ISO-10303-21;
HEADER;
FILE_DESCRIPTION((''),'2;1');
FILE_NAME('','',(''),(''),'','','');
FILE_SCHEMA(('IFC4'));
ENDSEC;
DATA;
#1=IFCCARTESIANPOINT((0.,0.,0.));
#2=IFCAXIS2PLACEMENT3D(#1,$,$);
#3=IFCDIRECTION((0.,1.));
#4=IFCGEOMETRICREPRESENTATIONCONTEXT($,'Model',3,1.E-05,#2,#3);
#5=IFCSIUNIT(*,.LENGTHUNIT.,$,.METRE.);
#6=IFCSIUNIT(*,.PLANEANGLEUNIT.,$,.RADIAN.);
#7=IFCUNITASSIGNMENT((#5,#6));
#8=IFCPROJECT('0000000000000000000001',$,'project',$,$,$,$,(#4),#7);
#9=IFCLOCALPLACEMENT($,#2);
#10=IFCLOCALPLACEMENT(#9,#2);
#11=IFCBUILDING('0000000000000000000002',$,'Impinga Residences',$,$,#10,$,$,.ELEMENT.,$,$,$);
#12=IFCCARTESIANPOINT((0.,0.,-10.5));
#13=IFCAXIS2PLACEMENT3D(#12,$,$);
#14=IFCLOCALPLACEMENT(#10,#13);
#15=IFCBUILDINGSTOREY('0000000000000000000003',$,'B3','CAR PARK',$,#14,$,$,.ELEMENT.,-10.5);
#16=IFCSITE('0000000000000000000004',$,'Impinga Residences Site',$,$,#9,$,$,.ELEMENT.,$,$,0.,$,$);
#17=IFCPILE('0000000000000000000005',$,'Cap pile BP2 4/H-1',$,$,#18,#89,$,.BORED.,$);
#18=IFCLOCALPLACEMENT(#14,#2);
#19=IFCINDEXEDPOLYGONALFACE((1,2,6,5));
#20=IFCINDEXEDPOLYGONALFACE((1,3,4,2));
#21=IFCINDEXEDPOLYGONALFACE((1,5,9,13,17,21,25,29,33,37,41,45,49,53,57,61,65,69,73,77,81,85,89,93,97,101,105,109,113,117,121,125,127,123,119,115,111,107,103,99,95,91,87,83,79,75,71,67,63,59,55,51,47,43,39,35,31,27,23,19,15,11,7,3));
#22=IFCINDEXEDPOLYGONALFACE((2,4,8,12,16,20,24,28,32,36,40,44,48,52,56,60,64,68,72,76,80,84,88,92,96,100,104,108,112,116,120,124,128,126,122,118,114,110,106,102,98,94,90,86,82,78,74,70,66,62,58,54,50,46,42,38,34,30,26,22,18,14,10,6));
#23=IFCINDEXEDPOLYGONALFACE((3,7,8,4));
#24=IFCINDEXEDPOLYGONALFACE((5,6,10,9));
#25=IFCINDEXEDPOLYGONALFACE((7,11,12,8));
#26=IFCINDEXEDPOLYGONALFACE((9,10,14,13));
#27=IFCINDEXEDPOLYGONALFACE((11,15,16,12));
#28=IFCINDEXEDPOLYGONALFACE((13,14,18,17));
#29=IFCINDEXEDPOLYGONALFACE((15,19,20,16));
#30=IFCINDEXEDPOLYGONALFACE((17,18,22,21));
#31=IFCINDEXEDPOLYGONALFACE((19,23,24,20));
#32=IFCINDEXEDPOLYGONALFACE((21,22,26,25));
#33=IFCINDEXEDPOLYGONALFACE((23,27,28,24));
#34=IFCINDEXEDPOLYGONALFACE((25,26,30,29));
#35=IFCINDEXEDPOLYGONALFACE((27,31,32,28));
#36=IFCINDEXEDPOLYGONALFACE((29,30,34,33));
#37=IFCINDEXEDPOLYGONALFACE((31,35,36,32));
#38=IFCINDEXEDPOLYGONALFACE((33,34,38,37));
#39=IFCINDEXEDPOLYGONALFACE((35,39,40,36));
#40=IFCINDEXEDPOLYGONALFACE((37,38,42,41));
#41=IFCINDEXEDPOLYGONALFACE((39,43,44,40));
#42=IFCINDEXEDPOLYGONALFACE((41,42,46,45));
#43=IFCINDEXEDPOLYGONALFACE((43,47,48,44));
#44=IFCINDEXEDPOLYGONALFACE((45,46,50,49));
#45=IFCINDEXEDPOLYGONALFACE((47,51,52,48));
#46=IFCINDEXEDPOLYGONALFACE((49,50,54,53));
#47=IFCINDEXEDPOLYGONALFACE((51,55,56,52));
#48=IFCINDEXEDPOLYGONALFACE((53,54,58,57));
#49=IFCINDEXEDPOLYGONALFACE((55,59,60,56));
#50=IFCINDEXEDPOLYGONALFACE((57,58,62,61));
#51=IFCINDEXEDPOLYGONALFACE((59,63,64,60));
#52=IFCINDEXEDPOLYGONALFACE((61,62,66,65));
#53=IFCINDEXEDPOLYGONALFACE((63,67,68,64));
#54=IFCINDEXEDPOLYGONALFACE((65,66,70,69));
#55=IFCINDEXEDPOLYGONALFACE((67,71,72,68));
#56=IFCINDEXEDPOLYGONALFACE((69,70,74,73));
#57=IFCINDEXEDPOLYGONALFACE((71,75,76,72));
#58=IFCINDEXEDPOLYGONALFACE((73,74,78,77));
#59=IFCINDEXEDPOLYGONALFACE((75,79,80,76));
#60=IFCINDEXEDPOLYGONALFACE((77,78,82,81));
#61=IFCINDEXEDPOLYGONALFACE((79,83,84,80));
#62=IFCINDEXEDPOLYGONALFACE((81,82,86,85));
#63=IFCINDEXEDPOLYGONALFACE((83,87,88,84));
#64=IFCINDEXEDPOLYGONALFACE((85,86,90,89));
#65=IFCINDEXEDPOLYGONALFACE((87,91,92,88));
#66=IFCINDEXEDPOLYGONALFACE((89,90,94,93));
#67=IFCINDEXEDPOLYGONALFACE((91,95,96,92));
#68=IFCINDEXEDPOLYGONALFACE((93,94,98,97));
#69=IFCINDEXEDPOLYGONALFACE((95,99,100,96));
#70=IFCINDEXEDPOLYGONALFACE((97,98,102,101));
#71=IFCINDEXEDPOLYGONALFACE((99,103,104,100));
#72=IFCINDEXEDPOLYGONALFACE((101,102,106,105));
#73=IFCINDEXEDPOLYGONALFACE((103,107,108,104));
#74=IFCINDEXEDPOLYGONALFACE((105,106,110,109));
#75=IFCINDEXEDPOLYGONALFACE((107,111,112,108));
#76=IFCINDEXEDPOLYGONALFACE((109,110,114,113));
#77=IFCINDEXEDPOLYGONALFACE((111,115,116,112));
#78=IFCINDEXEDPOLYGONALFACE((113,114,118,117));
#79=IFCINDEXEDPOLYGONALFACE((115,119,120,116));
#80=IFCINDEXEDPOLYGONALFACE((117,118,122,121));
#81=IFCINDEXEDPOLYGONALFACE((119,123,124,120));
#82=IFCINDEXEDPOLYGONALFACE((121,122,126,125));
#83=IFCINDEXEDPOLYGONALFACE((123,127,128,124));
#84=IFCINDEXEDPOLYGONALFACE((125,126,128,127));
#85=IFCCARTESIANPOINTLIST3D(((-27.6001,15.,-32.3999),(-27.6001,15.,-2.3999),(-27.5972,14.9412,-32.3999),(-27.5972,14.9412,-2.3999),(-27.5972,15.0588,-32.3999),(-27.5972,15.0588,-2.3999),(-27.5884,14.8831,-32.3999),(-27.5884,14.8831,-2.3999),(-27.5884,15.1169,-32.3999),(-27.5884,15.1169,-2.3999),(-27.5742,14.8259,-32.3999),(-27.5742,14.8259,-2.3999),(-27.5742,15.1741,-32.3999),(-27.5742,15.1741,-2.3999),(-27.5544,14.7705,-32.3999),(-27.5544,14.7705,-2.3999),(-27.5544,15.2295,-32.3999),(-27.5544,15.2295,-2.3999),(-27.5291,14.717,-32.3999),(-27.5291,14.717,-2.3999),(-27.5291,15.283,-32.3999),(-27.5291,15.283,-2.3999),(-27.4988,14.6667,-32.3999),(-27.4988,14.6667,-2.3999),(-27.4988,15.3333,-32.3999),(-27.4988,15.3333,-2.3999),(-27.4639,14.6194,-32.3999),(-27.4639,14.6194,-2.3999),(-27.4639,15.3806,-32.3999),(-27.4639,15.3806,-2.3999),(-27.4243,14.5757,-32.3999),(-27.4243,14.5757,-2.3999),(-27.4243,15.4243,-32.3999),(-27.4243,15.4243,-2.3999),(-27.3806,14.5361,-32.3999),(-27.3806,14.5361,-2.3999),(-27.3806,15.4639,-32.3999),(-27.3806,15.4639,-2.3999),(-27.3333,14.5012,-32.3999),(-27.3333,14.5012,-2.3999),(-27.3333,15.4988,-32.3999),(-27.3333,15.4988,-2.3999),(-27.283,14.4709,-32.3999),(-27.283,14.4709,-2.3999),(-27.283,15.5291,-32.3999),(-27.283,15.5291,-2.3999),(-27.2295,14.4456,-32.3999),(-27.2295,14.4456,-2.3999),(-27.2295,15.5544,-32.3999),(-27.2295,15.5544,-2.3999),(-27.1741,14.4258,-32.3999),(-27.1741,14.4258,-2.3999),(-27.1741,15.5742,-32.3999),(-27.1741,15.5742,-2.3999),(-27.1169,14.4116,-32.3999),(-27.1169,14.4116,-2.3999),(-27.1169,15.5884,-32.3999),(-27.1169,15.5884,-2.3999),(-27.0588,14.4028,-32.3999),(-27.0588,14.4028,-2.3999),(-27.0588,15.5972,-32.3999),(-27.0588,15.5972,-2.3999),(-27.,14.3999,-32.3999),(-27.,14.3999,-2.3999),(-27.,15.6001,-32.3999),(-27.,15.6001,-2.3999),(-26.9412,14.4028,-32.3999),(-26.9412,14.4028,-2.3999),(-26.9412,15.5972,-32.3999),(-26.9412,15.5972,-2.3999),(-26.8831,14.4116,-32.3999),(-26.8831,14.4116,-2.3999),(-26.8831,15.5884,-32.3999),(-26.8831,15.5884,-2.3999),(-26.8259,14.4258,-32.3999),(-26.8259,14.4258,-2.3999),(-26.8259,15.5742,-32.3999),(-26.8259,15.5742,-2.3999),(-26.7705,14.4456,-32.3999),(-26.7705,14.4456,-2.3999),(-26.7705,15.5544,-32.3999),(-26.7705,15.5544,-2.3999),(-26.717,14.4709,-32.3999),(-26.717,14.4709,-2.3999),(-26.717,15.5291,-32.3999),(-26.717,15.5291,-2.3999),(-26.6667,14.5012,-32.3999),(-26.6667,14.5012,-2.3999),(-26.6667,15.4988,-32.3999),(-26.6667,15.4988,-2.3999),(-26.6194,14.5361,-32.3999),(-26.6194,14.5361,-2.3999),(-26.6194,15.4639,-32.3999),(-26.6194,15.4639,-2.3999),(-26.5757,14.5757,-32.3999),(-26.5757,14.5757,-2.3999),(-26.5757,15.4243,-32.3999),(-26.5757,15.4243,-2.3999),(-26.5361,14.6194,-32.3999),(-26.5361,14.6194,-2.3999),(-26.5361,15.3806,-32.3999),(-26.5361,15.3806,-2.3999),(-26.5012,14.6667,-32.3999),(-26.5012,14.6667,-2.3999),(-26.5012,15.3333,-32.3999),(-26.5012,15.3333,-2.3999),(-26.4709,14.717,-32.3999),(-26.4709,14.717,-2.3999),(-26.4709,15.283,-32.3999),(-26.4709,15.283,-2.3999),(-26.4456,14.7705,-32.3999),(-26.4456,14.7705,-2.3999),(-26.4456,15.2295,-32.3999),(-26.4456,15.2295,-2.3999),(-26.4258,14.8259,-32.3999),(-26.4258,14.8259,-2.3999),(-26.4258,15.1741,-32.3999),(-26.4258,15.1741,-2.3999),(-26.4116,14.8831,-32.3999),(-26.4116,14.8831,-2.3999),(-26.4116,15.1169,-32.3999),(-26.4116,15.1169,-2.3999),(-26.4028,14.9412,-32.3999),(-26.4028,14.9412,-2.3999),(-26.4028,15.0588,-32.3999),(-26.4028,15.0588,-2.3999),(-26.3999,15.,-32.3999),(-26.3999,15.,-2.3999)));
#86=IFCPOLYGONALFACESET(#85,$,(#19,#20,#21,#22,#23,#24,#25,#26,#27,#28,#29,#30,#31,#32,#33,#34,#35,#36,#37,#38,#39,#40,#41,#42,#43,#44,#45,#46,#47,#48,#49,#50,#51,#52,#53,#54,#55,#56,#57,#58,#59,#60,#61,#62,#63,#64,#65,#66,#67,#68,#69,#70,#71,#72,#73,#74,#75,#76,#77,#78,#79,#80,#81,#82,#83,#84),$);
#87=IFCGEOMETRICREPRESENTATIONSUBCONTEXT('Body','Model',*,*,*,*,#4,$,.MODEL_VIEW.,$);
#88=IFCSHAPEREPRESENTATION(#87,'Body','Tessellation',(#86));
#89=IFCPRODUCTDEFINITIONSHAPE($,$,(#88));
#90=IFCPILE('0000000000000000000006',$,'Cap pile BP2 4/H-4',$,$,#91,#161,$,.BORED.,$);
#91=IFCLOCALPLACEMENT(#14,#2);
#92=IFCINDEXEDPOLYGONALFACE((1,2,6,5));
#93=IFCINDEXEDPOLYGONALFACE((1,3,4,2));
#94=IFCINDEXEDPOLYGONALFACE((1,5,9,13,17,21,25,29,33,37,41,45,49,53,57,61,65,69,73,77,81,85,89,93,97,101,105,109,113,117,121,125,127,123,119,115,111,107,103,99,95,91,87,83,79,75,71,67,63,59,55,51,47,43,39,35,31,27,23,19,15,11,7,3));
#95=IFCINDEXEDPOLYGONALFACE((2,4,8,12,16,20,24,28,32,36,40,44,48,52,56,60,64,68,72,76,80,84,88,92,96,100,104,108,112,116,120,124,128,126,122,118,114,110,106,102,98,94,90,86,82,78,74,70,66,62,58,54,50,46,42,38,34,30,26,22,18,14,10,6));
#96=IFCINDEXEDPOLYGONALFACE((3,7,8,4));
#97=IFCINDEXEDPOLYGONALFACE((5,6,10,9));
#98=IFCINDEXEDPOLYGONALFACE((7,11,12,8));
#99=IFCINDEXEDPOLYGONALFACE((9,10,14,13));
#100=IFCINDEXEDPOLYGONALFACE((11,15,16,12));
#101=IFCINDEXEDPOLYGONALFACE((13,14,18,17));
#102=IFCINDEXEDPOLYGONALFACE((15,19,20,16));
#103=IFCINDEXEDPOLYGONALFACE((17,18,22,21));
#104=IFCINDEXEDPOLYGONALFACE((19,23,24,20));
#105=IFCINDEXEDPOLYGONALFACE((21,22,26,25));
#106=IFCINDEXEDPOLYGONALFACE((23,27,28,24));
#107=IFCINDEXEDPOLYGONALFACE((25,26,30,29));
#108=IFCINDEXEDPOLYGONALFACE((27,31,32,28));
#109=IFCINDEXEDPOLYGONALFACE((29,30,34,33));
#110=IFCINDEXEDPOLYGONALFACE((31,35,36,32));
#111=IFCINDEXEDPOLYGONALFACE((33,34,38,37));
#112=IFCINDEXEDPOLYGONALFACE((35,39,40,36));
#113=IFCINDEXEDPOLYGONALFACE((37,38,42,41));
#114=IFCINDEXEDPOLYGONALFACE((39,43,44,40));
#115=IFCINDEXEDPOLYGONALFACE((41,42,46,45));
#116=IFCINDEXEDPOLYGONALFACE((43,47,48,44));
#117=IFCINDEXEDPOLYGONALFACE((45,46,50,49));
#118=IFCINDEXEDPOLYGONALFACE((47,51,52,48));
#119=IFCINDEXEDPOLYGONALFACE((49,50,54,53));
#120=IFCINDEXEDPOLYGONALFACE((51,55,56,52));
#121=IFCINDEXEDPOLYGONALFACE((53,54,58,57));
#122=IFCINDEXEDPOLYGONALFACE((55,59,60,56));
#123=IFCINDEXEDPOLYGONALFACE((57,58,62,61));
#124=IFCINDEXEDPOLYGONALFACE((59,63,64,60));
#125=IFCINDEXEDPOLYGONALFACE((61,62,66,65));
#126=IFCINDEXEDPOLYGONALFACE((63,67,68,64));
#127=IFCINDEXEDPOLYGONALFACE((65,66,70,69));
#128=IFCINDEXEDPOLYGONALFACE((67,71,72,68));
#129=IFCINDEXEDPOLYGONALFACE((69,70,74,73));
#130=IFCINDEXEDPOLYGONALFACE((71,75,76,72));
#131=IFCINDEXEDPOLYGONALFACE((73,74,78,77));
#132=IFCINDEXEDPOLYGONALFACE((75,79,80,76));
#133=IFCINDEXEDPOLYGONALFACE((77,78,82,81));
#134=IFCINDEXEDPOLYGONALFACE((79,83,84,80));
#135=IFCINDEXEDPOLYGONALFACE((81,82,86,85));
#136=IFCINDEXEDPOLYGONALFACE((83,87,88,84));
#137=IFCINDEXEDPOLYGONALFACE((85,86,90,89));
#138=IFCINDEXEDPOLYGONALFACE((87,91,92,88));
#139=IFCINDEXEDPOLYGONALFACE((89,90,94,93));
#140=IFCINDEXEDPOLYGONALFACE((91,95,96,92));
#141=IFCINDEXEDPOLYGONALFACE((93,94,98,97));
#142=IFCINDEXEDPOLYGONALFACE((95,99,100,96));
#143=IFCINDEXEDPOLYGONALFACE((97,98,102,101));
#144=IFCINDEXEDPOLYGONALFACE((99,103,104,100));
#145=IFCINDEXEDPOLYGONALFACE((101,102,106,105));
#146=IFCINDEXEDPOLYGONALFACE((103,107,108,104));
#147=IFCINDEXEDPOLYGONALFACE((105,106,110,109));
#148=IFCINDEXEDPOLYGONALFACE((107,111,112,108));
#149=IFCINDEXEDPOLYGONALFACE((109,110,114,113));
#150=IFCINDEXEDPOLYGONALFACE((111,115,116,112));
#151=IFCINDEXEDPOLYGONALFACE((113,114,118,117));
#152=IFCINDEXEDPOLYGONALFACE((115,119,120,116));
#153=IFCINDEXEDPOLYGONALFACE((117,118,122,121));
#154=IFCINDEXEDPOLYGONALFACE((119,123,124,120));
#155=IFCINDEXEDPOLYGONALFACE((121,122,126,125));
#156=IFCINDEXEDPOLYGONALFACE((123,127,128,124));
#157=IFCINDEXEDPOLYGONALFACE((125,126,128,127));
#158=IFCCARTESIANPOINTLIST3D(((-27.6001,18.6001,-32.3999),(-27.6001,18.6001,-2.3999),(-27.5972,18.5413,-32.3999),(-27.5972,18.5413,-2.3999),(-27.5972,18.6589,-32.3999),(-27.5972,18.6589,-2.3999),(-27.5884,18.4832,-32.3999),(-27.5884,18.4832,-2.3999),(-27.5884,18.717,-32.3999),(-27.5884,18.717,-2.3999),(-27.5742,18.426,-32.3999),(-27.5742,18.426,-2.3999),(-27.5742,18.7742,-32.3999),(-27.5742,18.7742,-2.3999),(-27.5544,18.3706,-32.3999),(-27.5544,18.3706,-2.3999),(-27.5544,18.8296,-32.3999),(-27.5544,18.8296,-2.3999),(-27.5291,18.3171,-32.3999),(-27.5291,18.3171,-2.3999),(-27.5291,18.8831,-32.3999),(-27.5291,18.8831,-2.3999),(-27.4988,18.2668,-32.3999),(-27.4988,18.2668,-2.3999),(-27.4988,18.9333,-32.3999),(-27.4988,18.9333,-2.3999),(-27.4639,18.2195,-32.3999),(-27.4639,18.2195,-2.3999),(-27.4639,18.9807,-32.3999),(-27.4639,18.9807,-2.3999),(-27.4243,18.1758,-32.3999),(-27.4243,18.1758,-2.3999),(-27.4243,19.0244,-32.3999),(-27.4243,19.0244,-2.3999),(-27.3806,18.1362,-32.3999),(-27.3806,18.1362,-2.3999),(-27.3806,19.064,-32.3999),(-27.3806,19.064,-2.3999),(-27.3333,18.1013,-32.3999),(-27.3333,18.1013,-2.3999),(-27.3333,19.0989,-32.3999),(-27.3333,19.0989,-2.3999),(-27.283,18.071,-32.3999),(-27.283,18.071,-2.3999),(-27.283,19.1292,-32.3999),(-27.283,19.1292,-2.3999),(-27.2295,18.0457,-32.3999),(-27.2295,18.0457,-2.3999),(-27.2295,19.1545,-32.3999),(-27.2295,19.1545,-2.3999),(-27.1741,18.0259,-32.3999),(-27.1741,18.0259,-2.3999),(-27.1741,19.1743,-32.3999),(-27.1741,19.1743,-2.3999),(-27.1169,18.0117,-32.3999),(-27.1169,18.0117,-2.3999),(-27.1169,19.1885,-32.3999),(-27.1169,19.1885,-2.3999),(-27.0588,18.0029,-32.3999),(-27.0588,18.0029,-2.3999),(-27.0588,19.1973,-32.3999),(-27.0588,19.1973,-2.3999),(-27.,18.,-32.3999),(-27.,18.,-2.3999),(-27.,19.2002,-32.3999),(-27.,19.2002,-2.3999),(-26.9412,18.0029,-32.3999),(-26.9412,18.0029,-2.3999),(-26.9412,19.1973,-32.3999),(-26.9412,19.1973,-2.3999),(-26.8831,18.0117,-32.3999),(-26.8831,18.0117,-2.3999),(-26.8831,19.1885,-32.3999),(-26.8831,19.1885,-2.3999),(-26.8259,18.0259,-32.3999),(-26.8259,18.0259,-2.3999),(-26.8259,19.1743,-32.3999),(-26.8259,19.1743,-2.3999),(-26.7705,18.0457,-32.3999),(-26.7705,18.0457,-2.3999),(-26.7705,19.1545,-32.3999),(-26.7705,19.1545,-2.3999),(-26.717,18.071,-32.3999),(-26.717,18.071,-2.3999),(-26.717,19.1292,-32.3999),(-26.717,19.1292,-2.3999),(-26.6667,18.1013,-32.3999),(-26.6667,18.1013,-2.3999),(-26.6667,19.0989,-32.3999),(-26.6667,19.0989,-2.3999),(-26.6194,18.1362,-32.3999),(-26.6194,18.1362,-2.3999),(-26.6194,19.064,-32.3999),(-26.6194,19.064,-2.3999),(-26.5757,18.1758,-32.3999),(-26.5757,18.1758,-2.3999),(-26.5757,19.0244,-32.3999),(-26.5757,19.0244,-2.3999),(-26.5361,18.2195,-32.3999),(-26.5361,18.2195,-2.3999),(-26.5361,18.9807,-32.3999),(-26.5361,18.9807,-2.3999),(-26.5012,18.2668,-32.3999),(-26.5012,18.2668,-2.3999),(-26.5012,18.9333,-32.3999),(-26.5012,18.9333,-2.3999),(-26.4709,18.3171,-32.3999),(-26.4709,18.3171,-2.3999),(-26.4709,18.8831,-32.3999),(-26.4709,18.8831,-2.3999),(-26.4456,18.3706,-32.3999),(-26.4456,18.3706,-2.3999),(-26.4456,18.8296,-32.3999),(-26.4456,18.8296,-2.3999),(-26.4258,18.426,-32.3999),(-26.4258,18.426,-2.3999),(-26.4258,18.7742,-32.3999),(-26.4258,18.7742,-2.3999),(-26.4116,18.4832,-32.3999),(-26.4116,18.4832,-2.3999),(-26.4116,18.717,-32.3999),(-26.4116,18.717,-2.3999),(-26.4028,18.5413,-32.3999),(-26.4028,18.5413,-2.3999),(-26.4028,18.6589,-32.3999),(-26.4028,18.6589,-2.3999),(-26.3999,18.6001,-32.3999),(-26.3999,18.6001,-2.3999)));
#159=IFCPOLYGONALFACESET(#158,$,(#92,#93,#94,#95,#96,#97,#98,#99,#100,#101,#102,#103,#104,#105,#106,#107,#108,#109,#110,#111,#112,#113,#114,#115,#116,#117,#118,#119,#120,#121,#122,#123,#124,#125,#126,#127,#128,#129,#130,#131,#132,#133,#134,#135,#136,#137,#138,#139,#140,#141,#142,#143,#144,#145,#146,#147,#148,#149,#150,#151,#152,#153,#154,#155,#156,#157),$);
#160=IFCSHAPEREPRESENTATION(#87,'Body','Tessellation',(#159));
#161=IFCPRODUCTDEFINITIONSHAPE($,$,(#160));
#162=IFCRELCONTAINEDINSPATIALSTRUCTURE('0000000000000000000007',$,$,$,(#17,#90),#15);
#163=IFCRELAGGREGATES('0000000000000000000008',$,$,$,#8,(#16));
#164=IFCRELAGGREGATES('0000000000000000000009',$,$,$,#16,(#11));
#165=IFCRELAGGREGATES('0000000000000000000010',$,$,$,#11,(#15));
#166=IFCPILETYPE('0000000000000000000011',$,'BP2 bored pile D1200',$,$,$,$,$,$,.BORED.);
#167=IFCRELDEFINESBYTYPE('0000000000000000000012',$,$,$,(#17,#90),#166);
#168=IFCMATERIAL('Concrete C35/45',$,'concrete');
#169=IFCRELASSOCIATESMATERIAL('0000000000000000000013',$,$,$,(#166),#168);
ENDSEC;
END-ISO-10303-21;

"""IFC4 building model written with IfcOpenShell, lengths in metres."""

from ifc_helpers import new_model, si_unit, direction, frame, origin, origin_2d, place, context, subcontext, project, spatial, polyline, circle, outline, extrude, material, material_profile, profile_set, type_object, element, save


model = new_model("IFC4")

# Units and contexts
model_context = context("Model", 3, precision=1e-05, world=origin(), true_north=direction((0.0, 1.0)))
body_context = subcontext(model_context, "Body", "Model", "MODEL_VIEW")
ifc_project = project(units=[si_unit("LENGTHUNIT", "METRE"), si_unit("PLANEANGLEUNIT", "RADIAN")], contexts=[model_context])

# Site, building, storey
site_placement = place(None, origin())
site = spatial("IfcSite", under=ifc_project, at=site_placement, Name="Impinga Residences Site", CompositionType="ELEMENT", RefElevation=0.0)
building_placement = place(site_placement, origin())
building = spatial("IfcBuilding", under=site, at=building_placement, Name="Impinga Residences", CompositionType="ELEMENT")
storey_placement = place(building_placement, frame((0.0, 0.0, -10.5)))
storey = spatial("IfcBuildingStorey", under=building, at=storey_placement, Name="B3", Description="CAR PARK", CompositionType="ELEMENT", Elevation=-10.5)

# Piles
ifc_material_1 = material(Name="Concrete C35/45", Category="concrete")
ifc_material_profile_1 = material_profile(ifc_material_1, circle(Radius=0.6001, at=origin_2d()), Name="D1200")
ifc_profile_set_1 = profile_set([ifc_material_profile_1], Name="Concrete C35/45")
pile_type = type_object("IfcPileType", Name="BP2 bored pile D1200", PredefinedType="BORED", material=ifc_profile_set_1)
pile_1_placement = place(storey_placement, frame((-27.0, 15.0, -2.3999), z_axis=(0.0, 0.0, -1.0), x_axis=(1.0, 0.0, 0.0)))
element("IfcPile", 1, at=pile_1_placement, inside=storey, type_object=pile_type, Name="Cap pile BP2 4/H-1", PredefinedType="BORED", context=body_context, shape_type="SweptSolid", body=[
    extrude(outline(polyline([(0.6001, 0.0), (0.5972, 0.0588), (0.5884, 0.1169), (0.5742, 0.1741), (0.5544, 0.2295), (0.5291, 0.283), (0.4988, 0.3333), (0.4639, 0.3806), (0.4243, 0.4243), (0.3806, 0.4639), (0.3333, 0.4988), (0.283, 0.5291), (0.2295, 0.5544), (0.1741, 0.5742), (0.1169, 0.5884), (0.0588, 0.5972), (0.0, 0.6001), (-0.0588, 0.5972), (-0.1169, 0.5884), (-0.1741, 0.5742), (-0.2295, 0.5544), (-0.283, 0.5291), (-0.3333, 0.4988), (-0.3806, 0.4639), (-0.4243, 0.4243), (-0.4639, 0.3806), (-0.4988, 0.3333), (-0.5291, 0.283), (-0.5544, 0.2295), (-0.5742, 0.1741), (-0.5884, 0.1169), (-0.5972, 0.0588), (-0.6001, 0.0), (-0.5972, -0.0588), (-0.5884, -0.1169), (-0.5742, -0.1741), (-0.5544, -0.2295), (-0.5291, -0.283), (-0.4988, -0.3333), (-0.4639, -0.3806), (-0.4243, -0.4243), (-0.3806, -0.4639), (-0.3333, -0.4988), (-0.283, -0.5291), (-0.2295, -0.5544), (-0.1741, -0.5742), (-0.1169, -0.5884), (-0.0588, -0.5972), (0.0, -0.6001), (0.0588, -0.5972), (0.1169, -0.5884), (0.1741, -0.5742), (0.2295, -0.5544), (0.283, -0.5291), (0.3333, -0.4988), (0.3806, -0.4639), (0.4243, -0.4243), (0.4639, -0.3806), (0.4988, -0.3333), (0.5291, -0.283), (0.5544, -0.2295), (0.5742, -0.1741), (0.5884, -0.1169), (0.5972, -0.0588), (0.6001, 0.0)])), origin(), (0.0, 0.0, 1.0), 30.0),
])
pile_2_placement = place(storey_placement, frame((-27.0, 18.6001, -2.3999), z_axis=(0.0, 0.0, -1.0), x_axis=(1.0, 0.0, 0.0)))
element("IfcPile", 2, at=pile_2_placement, inside=storey, type_object=pile_type, Name="Cap pile BP2 4/H-4", PredefinedType="BORED", context=body_context, shape_type="SweptSolid", body=[
    extrude(outline(polyline([(0.6001, 0.0), (0.5972, 0.0588), (0.5884, 0.1169), (0.5742, 0.1741), (0.5544, 0.2295), (0.5291, 0.283), (0.4988, 0.3333), (0.4639, 0.3806), (0.4243, 0.4243), (0.3806, 0.4639), (0.3333, 0.4988), (0.283, 0.5291), (0.2295, 0.5544), (0.1741, 0.5742), (0.1169, 0.5884), (0.0588, 0.5972), (0.0, 0.6001), (-0.0588, 0.5972), (-0.1169, 0.5884), (-0.1741, 0.5742), (-0.2295, 0.5544), (-0.283, 0.5291), (-0.3333, 0.4988), (-0.3806, 0.4639), (-0.4243, 0.4243), (-0.4639, 0.3806), (-0.4988, 0.3333), (-0.5291, 0.283), (-0.5544, 0.2295), (-0.5742, 0.1741), (-0.5884, 0.1169), (-0.5972, 0.0588), (-0.6001, 0.0), (-0.5972, -0.0588), (-0.5884, -0.1169), (-0.5742, -0.1741), (-0.5544, -0.2295), (-0.5291, -0.283), (-0.4988, -0.3333), (-0.4639, -0.3806), (-0.4243, -0.4243), (-0.3806, -0.4639), (-0.3333, -0.4988), (-0.283, -0.5291), (-0.2295, -0.5544), (-0.1741, -0.5742), (-0.1169, -0.5884), (-0.0588, -0.5972), (0.0, -0.6001), (0.0588, -0.5972), (0.1169, -0.5884), (0.1741, -0.5742), (0.2295, -0.5544), (0.283, -0.5291), (0.3333, -0.4988), (0.3806, -0.4639), (0.4243, -0.4243), (0.4639, -0.3806), (0.4988, -0.3333), (0.5291, -0.283), (0.5544, -0.2295), (0.5742, -0.1741), (0.5884, -0.1169), (0.5972, -0.0588), (0.6001, 0.0)])), origin(), (0.0, 0.0, 1.0), 30.0),
])

save(model, "model.ifc")
